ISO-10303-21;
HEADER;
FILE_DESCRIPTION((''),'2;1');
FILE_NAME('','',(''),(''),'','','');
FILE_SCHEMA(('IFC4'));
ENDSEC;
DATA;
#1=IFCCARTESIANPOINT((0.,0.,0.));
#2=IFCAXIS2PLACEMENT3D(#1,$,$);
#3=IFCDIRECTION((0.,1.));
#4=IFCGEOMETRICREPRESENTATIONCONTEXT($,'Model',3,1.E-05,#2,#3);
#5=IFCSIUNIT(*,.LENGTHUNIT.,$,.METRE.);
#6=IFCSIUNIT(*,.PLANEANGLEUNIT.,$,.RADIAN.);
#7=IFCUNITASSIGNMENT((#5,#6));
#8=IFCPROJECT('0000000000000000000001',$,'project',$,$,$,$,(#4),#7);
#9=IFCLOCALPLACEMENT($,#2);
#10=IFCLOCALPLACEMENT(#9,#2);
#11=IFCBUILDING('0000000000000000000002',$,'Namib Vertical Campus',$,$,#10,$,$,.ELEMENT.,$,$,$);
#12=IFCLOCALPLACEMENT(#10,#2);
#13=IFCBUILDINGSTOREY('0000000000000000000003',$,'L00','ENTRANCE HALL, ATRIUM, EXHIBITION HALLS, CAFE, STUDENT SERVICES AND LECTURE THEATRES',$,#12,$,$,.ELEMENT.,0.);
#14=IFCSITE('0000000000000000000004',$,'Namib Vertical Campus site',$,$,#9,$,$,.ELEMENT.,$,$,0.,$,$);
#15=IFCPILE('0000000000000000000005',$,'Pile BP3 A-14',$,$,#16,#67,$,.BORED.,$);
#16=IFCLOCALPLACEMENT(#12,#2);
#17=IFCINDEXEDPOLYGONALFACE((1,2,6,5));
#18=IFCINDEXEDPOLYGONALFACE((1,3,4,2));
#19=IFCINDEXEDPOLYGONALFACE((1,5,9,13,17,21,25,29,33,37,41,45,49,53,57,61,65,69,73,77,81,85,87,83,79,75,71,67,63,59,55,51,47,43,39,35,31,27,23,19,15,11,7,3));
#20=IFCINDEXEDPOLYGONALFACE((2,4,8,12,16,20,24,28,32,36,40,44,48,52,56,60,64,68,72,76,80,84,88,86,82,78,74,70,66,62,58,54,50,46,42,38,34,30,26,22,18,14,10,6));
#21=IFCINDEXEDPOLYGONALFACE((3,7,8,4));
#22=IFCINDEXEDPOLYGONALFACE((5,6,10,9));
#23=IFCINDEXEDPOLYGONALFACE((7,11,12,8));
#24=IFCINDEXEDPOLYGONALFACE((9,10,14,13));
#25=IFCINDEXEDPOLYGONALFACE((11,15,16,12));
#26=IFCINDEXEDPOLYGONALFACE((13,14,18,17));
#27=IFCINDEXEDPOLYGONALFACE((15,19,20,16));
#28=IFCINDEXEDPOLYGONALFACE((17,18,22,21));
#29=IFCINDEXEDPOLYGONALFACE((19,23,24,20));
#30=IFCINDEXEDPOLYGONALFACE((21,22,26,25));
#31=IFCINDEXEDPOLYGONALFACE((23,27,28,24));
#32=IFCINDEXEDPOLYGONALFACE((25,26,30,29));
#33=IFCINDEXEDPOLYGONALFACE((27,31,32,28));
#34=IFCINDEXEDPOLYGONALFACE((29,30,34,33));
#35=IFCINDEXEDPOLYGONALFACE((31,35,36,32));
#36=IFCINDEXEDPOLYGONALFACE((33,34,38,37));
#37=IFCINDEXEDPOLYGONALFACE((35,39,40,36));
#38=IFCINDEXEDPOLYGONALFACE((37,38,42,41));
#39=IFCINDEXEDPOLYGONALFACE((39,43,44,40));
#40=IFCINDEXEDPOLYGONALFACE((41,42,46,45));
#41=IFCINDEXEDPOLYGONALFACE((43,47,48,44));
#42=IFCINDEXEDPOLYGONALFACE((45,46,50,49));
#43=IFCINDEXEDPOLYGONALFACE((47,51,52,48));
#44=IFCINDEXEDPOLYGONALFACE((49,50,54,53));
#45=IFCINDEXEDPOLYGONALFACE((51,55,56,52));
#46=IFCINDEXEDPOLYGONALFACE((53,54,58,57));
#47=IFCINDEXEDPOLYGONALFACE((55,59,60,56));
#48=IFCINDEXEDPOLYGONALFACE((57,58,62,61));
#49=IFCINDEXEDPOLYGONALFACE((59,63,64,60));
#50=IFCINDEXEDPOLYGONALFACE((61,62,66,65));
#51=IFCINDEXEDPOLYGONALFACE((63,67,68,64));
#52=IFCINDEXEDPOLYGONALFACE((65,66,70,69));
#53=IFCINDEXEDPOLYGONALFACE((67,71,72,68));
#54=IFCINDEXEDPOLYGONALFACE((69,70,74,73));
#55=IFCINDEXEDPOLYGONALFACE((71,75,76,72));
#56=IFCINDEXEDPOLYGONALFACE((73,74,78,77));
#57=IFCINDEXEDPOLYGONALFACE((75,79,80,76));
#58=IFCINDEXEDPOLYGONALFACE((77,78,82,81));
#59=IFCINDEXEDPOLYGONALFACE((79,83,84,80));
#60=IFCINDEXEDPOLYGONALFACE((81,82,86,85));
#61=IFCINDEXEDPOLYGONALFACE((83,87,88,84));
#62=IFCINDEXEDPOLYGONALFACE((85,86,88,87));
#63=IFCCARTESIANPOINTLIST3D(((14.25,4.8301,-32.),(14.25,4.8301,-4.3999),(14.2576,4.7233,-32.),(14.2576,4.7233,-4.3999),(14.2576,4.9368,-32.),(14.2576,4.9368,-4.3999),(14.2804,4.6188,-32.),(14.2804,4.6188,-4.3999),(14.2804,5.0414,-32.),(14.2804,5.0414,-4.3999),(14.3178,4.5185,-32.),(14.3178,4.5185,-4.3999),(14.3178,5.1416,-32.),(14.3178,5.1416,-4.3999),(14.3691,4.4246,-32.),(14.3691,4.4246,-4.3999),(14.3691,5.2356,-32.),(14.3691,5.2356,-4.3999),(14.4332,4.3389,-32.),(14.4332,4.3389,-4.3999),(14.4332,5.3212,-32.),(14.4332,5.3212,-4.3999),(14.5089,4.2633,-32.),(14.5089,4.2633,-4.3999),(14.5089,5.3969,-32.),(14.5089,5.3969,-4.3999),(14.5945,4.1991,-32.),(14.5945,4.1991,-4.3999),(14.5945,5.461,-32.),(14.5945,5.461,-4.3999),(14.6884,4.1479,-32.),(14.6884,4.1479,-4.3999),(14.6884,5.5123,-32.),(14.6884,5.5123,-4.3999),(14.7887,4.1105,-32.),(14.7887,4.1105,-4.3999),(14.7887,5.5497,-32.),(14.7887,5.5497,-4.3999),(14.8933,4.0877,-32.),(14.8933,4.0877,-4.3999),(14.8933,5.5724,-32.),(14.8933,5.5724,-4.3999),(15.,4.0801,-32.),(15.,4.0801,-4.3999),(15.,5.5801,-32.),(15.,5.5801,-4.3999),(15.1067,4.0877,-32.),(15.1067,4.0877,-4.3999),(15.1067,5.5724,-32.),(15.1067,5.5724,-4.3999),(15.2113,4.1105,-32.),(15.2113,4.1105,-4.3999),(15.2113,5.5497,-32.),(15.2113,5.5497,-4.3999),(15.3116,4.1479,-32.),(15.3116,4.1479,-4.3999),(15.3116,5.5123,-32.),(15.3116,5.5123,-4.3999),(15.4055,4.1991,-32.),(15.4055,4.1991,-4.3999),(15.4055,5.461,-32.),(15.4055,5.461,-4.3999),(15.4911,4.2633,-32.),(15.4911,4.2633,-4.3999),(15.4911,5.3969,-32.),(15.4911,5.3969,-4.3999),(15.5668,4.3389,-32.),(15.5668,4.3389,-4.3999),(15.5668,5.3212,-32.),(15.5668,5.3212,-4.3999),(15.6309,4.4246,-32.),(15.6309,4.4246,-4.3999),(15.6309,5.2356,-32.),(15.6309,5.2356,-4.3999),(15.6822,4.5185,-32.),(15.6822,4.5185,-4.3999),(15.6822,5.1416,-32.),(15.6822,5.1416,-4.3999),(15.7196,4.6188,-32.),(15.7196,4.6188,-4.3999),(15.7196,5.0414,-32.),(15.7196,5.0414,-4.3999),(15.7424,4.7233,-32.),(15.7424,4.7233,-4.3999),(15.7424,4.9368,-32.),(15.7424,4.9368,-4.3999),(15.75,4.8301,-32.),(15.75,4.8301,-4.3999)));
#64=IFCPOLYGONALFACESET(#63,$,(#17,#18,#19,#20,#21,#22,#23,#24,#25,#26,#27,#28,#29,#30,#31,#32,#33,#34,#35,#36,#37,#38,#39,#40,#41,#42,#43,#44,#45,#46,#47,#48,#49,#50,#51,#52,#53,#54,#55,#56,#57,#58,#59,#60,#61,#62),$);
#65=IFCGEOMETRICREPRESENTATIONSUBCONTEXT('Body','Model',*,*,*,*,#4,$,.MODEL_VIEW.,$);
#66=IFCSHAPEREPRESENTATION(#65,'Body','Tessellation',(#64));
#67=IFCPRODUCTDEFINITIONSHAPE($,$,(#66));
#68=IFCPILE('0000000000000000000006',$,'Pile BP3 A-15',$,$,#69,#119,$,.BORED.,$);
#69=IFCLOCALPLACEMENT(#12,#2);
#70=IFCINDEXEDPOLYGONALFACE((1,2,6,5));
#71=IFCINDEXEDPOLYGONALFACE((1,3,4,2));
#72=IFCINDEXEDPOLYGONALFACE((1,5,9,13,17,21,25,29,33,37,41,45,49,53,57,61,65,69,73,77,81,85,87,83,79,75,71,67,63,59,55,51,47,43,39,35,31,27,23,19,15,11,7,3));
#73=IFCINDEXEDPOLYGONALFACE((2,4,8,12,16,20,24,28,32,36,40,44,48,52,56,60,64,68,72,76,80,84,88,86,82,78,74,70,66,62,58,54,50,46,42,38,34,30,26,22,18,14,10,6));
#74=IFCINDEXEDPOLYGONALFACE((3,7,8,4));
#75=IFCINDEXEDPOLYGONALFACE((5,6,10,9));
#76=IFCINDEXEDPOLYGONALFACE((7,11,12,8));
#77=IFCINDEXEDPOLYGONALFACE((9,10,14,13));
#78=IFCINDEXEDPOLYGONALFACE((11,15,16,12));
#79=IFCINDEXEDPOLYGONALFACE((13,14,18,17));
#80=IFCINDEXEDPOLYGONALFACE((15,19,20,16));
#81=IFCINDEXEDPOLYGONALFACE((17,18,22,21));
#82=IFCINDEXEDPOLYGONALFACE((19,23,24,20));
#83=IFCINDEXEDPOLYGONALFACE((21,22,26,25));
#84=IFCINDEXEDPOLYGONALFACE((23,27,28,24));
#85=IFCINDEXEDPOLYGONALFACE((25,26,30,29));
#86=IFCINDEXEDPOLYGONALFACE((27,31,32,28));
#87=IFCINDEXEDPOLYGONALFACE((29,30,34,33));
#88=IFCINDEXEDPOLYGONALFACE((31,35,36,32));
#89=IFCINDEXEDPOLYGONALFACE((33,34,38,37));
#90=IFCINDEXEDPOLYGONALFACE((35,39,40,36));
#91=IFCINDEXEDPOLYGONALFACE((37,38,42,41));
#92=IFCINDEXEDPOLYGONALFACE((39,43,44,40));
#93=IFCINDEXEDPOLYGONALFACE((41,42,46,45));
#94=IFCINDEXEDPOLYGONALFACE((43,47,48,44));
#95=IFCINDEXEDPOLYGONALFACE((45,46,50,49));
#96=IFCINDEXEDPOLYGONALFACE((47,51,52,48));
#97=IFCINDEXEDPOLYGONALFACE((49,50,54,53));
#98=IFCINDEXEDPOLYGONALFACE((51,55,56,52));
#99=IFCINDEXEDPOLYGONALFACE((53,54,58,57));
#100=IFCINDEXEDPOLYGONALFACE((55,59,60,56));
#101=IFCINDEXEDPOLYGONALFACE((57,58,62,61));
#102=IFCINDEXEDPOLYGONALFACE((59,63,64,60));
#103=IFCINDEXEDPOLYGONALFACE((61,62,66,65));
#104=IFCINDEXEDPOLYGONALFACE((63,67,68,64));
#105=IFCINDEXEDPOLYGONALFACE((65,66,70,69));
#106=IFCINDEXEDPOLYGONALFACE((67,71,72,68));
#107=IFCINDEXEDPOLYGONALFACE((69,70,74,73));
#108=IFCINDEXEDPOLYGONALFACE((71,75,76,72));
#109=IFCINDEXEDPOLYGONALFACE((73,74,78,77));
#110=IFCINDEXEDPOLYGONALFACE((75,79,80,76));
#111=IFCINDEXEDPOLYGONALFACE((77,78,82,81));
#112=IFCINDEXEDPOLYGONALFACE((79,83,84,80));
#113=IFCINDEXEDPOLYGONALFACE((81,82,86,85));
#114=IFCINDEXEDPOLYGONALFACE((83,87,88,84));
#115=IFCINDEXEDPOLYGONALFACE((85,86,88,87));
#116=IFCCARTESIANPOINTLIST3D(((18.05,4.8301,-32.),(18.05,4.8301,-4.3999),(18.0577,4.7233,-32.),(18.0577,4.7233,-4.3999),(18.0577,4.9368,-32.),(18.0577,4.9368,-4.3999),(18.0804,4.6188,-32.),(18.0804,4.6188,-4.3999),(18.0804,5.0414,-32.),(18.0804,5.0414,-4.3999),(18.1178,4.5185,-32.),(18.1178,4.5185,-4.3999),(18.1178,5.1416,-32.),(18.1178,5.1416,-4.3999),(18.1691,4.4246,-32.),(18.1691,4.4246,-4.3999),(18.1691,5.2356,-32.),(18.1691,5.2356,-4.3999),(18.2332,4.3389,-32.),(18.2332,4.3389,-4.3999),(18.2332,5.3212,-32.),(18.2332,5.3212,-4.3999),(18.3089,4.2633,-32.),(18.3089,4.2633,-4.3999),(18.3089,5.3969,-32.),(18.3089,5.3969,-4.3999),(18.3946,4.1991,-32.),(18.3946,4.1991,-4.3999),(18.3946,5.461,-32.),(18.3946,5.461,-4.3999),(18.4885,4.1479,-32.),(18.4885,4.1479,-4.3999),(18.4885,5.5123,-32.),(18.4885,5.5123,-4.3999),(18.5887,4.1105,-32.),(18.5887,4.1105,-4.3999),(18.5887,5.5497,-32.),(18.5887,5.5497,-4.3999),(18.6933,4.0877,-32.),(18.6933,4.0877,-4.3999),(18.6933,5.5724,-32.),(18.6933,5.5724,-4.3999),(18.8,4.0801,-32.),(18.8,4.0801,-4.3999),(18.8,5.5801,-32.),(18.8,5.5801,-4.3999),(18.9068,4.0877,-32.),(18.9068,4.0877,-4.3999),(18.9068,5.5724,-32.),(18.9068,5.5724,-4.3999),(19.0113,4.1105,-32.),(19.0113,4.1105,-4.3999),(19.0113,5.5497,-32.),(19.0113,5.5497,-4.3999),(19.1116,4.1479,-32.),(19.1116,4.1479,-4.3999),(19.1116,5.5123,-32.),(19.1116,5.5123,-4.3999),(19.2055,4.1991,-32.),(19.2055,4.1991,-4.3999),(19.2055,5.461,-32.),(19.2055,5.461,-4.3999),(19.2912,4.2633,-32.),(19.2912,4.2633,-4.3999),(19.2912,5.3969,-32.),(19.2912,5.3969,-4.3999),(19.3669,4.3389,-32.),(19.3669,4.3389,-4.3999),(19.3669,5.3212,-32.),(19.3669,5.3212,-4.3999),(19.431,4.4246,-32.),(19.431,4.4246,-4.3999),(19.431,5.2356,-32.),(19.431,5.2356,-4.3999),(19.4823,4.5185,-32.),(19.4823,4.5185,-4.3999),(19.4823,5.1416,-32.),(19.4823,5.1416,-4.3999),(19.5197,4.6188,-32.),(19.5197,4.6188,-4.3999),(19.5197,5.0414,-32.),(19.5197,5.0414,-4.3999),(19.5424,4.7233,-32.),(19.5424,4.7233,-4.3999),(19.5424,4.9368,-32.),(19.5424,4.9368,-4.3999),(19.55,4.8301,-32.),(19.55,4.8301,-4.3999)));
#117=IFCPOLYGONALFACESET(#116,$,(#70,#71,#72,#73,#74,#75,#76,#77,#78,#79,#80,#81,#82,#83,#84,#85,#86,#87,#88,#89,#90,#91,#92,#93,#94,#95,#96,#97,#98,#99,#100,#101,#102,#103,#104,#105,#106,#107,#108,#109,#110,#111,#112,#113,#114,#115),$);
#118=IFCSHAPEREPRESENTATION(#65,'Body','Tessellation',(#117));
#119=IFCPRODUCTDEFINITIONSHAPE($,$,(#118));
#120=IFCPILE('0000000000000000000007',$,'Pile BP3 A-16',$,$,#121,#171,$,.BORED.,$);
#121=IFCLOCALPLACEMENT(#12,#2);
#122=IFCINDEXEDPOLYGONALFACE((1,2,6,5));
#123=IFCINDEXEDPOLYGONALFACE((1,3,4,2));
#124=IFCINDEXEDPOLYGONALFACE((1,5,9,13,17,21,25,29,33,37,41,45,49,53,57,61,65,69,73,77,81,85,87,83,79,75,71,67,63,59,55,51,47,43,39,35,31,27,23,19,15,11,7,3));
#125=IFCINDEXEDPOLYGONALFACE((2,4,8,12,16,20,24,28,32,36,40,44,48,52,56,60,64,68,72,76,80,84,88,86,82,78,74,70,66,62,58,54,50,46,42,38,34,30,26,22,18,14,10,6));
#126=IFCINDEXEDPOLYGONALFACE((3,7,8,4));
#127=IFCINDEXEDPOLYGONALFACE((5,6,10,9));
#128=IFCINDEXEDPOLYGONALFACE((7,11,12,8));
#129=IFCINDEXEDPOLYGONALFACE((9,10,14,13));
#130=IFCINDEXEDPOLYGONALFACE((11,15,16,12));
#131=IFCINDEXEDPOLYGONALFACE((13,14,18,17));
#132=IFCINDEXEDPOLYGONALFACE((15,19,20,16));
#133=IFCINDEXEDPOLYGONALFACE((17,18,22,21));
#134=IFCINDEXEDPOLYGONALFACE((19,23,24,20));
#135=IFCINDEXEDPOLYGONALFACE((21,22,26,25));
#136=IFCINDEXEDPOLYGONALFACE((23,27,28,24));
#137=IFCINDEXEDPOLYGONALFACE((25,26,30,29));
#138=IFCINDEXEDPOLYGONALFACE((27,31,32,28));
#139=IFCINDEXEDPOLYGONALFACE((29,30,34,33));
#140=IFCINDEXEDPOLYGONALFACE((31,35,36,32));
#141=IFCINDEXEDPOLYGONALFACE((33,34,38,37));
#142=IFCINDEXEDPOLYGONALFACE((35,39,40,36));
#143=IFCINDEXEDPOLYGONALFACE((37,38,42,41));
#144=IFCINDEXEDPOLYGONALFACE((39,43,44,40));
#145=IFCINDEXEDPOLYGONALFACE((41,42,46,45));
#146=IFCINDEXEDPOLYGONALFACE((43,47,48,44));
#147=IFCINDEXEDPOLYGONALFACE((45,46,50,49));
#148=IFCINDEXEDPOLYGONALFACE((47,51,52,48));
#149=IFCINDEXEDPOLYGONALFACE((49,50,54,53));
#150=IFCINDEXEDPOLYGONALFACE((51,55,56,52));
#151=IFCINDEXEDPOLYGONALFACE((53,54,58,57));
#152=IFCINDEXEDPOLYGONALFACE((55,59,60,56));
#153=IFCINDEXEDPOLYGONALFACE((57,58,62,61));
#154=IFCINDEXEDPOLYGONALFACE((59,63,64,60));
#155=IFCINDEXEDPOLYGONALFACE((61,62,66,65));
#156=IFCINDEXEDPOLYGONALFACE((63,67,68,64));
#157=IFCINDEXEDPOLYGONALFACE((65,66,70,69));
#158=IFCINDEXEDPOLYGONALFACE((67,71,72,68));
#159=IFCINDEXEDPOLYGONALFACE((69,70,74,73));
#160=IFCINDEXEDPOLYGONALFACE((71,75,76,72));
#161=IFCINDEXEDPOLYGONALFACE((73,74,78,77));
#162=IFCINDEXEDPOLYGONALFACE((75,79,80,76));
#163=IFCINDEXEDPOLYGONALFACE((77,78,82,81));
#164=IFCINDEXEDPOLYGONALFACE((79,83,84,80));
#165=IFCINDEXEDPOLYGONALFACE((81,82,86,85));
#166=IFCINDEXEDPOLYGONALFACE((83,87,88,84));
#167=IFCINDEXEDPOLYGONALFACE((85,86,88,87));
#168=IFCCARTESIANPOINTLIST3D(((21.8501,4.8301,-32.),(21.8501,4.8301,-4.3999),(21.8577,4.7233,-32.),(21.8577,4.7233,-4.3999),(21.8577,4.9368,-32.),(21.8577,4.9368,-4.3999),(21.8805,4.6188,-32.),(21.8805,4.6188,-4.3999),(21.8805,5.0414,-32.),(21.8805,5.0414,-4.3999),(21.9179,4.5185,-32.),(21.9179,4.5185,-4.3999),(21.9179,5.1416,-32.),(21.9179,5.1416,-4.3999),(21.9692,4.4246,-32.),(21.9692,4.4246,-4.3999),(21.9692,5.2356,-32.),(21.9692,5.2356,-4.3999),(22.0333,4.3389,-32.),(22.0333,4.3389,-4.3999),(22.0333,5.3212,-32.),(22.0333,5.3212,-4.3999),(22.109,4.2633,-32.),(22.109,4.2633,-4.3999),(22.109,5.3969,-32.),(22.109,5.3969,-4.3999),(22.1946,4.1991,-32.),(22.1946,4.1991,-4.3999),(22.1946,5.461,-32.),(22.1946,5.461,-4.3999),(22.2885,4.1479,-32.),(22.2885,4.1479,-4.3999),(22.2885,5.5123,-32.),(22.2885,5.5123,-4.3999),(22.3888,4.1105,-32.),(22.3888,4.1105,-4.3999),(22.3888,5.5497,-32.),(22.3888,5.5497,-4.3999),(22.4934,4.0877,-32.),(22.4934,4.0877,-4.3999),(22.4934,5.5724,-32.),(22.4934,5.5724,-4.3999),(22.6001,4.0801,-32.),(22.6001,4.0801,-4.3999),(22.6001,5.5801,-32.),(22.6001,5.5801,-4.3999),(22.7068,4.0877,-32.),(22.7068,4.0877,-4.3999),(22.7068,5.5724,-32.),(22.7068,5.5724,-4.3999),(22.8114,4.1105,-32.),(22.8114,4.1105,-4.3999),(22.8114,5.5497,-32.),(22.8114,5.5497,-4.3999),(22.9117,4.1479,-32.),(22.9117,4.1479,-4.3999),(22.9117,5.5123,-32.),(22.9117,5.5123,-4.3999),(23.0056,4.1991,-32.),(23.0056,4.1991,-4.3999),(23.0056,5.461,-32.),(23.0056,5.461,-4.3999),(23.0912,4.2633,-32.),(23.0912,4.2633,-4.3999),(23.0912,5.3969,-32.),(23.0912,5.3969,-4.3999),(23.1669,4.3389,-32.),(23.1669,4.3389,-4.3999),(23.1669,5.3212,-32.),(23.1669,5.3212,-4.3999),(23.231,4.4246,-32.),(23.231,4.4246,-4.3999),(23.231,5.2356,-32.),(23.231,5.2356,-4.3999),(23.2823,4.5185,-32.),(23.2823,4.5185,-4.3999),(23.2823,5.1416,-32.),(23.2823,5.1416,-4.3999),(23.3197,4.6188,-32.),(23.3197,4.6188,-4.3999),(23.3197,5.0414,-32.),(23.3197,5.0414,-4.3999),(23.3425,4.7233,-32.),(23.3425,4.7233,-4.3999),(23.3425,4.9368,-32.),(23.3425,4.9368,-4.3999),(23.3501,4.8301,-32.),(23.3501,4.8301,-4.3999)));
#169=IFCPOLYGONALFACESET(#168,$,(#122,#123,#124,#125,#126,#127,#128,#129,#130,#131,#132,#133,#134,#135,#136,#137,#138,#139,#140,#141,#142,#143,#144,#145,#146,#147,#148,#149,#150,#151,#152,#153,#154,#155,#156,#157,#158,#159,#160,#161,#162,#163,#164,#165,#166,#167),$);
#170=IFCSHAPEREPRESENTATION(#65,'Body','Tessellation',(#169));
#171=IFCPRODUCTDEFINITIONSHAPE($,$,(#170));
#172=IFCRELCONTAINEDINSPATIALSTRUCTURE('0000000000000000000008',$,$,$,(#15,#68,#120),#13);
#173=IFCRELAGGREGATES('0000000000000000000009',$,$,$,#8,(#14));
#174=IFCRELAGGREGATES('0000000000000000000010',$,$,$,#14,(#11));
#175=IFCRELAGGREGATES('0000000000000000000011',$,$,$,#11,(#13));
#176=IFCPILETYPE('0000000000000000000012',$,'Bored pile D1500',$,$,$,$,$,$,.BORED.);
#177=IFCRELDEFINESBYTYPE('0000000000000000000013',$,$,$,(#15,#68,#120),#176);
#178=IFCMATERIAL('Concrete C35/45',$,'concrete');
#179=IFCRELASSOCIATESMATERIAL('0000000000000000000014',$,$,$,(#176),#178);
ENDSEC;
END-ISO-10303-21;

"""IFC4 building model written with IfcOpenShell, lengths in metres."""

from ifc_helpers import new_model, si_unit, direction, frame, origin, origin_2d, place, context, subcontext, project, spatial, circle, extrude, material, material_profile, profile_set, type_object, element, save


model = new_model("IFC4")

# Units and contexts
model_context = context("Model", 3, precision=1e-05, world=origin(), true_north=direction((0.0, 1.0)))
body_context = subcontext(model_context, "Body", "Model", "MODEL_VIEW")
ifc_project = project(units=[si_unit("LENGTHUNIT", "METRE"), si_unit("PLANEANGLEUNIT", "RADIAN")], contexts=[model_context])

# Site, building, storey
site_placement = place(None, origin())
site = spatial("IfcSite", under=ifc_project, at=site_placement, Name="Namib Vertical Campus site", CompositionType="ELEMENT", RefElevation=0.0)
building_placement = place(site_placement, origin())
building = spatial("IfcBuilding", under=site, at=building_placement, Name="Namib Vertical Campus", CompositionType="ELEMENT")
storey_placement = place(building_placement, origin())
storey = spatial("IfcBuildingStorey", under=building, at=storey_placement, Name="L00", Description="ENTRANCE HALL, ATRIUM, EXHIBITION HALLS, CAFE, STUDENT SERVICES AND LECTURE THEATRES", CompositionType="ELEMENT", Elevation=0.0)

# Piles
ifc_material_1 = material(Name="Concrete C35/45", Category="concrete")
ifc_material_profile = material_profile(ifc_material_1, circle(Radius=0.75, at=origin_2d()))
ifc_profile_set = profile_set([ifc_material_profile], Name="Concrete C35/45")
pile_type = type_object("IfcPileType", Name="Bored pile D1500", PredefinedType="BORED", material=ifc_profile_set)
for number, where, z_axis, x_axis, name in (
    (1, (15.0, 4.8301, -4.3999), (0.0, 0.0, -1.0), (1.0, 0.0, 0.0), "Pile BP3 A-14"),
    (2, (18.8, 4.8301, -4.3999), (0.0, 0.0, -1.0), (1.0, 0.0, 0.0), "Pile BP3 A-15"),
    (3, (22.6001, 4.8301, -4.3999), (0.0, 0.0, -1.0), (1.0, 0.0, 0.0), "Pile BP3 A-16"),
):
    element("IfcPile", number, at=place(storey_placement, frame(where, z_axis=z_axis, x_axis=x_axis)), inside=storey, type_object=pile_type, Name=name, PredefinedType="BORED", context=body_context, shape_type="SweptSolid", body=[
        extrude(circle(Radius=0.75, at=origin_2d()), origin(), (0.0, 0.0, 1.0), 27.6001),
    ])

save(model, "model.ifc")
